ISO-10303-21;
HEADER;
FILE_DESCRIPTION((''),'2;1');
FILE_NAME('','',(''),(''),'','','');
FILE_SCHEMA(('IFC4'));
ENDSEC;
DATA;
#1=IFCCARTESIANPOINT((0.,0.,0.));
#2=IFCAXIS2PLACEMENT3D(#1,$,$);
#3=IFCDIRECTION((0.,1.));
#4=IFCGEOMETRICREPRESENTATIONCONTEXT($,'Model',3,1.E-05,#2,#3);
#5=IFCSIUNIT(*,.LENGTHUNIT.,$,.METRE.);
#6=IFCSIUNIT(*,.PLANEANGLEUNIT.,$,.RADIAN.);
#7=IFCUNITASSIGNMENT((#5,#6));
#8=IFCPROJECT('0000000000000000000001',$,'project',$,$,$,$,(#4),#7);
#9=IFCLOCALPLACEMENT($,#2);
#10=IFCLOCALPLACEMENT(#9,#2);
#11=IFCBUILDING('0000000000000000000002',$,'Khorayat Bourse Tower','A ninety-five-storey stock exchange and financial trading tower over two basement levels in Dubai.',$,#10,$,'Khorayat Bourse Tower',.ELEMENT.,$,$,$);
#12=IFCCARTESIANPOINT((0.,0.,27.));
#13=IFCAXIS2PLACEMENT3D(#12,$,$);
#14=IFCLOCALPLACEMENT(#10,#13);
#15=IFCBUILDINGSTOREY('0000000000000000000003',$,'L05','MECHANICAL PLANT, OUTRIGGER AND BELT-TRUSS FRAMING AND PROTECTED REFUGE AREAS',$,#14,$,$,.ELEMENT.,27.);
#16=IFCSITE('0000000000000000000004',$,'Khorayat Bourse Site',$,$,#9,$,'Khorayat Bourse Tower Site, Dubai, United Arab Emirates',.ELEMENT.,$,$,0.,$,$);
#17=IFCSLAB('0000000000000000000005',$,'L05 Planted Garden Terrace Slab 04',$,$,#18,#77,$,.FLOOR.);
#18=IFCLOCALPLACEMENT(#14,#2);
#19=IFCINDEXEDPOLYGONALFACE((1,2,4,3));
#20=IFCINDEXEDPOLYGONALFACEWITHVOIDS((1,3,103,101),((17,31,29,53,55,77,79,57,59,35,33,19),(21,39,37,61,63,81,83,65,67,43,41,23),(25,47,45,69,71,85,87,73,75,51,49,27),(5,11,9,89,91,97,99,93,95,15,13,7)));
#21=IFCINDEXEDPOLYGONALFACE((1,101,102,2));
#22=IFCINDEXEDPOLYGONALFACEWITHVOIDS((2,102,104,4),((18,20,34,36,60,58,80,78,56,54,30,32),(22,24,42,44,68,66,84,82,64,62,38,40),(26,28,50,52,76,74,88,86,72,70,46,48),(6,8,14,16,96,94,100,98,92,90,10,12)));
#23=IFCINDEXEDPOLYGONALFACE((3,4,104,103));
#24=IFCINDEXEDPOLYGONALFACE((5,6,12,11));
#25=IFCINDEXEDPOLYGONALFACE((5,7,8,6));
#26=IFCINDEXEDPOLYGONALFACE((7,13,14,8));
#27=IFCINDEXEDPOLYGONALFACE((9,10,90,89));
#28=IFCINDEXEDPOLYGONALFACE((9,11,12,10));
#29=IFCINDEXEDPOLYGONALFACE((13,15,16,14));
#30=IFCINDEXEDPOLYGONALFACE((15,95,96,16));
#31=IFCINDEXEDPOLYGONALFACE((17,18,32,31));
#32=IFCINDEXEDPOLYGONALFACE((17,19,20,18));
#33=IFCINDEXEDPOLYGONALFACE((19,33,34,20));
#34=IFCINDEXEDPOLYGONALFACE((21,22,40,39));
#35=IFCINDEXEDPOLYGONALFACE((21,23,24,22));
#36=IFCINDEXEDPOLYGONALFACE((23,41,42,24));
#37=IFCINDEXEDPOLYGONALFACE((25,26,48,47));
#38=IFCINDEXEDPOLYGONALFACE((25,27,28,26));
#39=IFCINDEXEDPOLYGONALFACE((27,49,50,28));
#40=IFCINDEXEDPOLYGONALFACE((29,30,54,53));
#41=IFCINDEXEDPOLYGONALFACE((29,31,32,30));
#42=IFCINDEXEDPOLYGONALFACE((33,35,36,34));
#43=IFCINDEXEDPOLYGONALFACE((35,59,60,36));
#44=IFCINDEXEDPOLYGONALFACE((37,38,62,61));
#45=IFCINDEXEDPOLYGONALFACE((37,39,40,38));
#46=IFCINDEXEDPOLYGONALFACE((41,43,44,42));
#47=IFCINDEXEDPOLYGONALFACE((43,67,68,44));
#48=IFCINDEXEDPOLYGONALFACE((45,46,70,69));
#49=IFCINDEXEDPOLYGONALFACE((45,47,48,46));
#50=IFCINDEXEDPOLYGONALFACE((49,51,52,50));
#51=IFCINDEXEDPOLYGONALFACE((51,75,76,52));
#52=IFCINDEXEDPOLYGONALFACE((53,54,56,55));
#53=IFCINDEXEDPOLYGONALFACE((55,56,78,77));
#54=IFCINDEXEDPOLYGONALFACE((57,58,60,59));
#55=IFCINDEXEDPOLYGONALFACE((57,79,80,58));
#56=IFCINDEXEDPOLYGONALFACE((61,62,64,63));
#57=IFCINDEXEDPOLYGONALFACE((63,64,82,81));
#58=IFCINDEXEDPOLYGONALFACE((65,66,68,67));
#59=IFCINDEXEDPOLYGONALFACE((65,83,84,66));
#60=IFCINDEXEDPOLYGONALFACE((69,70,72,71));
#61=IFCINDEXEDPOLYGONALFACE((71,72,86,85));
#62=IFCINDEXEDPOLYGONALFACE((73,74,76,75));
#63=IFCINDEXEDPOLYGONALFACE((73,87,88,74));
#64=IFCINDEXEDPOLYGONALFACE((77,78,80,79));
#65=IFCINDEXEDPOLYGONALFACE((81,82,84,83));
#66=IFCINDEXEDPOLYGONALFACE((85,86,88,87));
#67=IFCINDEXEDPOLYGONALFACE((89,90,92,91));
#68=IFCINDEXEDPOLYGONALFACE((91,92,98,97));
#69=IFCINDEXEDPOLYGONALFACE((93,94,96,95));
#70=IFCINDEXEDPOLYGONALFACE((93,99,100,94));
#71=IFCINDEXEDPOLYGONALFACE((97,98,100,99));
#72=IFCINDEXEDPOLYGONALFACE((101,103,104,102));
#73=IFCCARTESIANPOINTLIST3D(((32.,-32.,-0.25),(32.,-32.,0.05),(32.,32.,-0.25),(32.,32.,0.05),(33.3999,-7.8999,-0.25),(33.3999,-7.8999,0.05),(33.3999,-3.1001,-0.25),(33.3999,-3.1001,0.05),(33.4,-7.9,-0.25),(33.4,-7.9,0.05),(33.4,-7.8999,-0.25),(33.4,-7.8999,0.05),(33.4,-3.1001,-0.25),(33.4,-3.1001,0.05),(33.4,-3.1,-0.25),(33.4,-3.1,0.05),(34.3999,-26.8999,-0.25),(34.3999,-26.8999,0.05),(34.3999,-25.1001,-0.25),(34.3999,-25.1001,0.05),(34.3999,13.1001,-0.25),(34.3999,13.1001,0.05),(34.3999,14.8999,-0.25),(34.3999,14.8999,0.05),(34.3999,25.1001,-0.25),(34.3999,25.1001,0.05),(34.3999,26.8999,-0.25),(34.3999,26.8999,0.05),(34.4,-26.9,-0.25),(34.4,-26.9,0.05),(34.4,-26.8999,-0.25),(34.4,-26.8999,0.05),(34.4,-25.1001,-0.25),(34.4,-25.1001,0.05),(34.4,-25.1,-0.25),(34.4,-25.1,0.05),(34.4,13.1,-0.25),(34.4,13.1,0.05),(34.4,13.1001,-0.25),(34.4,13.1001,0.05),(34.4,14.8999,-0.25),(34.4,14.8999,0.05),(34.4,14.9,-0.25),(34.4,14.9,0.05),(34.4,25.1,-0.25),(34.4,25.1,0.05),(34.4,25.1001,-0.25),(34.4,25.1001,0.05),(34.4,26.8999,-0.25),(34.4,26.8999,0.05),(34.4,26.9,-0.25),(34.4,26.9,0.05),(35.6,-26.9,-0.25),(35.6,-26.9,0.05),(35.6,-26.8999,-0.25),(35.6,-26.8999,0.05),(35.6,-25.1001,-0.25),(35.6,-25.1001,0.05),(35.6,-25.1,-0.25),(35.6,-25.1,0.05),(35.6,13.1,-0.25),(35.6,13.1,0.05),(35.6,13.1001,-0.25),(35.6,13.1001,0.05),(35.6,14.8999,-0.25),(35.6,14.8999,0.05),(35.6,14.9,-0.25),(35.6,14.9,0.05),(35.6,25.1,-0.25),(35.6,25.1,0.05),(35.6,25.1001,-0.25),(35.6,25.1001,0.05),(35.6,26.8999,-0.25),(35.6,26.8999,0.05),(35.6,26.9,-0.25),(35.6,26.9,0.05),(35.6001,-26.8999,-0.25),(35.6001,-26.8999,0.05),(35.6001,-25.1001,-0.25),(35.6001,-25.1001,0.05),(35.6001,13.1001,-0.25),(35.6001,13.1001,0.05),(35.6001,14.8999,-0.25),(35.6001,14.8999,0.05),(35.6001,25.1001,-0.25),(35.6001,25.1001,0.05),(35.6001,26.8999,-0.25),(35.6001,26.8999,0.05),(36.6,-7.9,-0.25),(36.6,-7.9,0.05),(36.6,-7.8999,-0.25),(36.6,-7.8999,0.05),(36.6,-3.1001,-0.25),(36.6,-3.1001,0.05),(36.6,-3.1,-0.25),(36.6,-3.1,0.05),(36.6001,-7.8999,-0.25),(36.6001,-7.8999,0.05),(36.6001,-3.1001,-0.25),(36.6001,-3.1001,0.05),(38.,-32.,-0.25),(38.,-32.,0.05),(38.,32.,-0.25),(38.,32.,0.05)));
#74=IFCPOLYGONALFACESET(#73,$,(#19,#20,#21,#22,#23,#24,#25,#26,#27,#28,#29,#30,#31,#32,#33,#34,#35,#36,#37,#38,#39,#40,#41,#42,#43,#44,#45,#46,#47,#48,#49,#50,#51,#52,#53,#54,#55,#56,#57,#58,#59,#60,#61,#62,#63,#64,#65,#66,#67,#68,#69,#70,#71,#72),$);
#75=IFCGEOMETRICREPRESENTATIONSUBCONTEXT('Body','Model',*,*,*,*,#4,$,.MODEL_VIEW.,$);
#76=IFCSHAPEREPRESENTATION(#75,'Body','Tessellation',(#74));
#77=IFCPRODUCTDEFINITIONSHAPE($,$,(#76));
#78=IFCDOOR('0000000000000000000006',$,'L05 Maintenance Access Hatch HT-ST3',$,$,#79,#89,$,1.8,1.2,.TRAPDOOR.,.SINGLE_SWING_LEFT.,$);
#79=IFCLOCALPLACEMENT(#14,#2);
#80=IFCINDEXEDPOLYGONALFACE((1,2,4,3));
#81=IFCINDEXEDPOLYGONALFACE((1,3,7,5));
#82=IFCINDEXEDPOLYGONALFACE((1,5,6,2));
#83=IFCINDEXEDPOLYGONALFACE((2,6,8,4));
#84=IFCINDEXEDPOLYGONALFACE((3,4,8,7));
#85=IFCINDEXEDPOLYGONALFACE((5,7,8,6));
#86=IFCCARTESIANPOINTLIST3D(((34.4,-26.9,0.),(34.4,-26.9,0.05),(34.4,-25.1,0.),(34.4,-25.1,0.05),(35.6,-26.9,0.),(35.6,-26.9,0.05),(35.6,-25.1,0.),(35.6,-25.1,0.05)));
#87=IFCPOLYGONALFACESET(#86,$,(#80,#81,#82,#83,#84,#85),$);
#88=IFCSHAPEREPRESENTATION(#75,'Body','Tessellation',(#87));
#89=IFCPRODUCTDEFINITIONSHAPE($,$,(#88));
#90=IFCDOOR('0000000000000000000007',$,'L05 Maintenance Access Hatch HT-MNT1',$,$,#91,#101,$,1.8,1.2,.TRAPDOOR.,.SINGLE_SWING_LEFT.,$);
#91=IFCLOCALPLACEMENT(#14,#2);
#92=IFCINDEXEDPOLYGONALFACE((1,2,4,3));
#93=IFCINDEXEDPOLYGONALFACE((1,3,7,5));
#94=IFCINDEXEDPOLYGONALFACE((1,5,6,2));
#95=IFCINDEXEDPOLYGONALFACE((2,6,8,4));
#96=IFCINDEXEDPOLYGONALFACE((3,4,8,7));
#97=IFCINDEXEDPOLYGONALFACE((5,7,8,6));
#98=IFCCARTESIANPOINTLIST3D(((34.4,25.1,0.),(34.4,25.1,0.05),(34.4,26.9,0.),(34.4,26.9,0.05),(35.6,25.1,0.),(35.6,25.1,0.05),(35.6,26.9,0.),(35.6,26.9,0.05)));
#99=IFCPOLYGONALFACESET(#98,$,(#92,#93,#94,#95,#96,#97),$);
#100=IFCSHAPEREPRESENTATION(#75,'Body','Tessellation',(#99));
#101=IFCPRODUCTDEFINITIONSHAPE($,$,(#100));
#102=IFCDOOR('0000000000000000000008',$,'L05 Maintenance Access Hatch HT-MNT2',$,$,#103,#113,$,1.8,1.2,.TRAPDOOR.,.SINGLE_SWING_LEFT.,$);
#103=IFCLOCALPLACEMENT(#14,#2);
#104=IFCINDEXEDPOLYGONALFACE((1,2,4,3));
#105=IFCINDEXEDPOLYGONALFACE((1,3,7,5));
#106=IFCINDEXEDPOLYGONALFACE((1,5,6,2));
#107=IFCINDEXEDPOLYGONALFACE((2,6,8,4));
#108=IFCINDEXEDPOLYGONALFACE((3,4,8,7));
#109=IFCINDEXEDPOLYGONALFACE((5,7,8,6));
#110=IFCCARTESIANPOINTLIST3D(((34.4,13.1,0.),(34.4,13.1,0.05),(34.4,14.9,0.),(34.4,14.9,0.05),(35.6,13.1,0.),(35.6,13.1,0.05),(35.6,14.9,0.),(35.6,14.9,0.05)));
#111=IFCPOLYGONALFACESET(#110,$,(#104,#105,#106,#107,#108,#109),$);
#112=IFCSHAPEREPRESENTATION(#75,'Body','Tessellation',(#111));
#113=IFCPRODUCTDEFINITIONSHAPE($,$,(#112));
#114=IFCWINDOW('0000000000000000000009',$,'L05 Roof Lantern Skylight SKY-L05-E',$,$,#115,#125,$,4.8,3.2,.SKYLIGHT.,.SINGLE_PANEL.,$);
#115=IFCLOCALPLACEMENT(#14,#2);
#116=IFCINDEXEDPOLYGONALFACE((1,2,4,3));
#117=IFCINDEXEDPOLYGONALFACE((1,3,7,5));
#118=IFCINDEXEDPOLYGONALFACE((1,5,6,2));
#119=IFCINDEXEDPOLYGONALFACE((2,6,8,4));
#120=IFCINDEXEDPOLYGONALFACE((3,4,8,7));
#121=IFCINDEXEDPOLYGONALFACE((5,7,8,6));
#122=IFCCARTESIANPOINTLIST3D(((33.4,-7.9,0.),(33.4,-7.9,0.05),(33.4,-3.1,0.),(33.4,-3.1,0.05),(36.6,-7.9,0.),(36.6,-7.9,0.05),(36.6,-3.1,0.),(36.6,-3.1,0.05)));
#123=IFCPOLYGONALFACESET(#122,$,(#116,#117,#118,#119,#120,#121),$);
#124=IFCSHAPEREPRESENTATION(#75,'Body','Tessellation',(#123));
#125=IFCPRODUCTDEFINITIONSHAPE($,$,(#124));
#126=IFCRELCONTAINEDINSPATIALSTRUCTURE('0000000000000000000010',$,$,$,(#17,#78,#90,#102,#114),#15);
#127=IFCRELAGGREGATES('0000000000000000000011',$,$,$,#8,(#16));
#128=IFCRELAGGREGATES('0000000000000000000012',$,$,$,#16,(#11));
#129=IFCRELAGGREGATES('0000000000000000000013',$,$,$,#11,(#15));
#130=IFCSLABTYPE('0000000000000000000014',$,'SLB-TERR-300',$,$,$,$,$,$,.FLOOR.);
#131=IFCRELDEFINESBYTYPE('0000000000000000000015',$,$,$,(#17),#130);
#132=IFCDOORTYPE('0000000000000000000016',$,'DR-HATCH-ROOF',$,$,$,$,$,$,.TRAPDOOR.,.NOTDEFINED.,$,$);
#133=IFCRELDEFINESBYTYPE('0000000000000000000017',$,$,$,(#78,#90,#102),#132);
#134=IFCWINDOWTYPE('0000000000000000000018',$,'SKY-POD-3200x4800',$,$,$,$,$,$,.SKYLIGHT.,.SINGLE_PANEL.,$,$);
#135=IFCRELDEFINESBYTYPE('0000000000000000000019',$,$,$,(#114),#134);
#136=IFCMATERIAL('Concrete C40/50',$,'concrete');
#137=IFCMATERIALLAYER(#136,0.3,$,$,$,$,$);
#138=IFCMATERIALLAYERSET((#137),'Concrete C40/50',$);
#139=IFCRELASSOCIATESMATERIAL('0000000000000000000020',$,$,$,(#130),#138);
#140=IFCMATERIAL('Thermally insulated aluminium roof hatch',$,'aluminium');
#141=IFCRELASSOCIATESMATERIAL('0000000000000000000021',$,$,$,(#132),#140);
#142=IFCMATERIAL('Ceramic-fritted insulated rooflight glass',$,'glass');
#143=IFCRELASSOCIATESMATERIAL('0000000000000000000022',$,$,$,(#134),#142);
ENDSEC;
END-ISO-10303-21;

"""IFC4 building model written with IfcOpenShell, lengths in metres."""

from ifc_helpers import new_model, si_unit, direction, frame, origin, origin_2d, place, context, subcontext, project, spatial, polyline, rectangle, outline, extrude, material, layer, layer_set, type_object, element, fill, save


model = new_model("IFC4")

# Units and contexts
model_context = context("Model", 3, precision=1e-05, world=origin(), true_north=direction((0.0, 1.0)))
body_context = subcontext(model_context, "Body", "Model", "MODEL_VIEW")
ifc_project = project(units=[si_unit("LENGTHUNIT", "METRE"), si_unit("PLANEANGLEUNIT", "RADIAN")], contexts=[model_context])

# Site, building, storey
site_placement = place(None, origin())
site = spatial("IfcSite", under=ifc_project, at=site_placement, Name="Khorayat Bourse Site", LongName="Khorayat Bourse Tower Site, Dubai, United Arab Emirates", CompositionType="ELEMENT", RefElevation=0.0)
building_placement = place(site_placement, origin())
building = spatial("IfcBuilding", under=site, at=building_placement, Name="Khorayat Bourse Tower", Description="A ninety-five-storey stock exchange and financial trading tower over two basement levels in Dubai.", LongName="Khorayat Bourse Tower", CompositionType="ELEMENT")
storey_placement = place(building_placement, frame((0.0, 0.0, 27.0)))
storey = spatial("IfcBuildingStorey", under=building, at=storey_placement, Name="L05", Description="MECHANICAL PLANT, OUTRIGGER AND BELT-TRUSS FRAMING AND PROTECTED REFUGE AREAS", CompositionType="ELEMENT", Elevation=27.0)

# Shared definitions
ifc_material_1 = material(Name="Concrete C40/50", Category="concrete")

# Shared definitions
ifc_layer_1 = layer(ifc_material_1, 0.3)
ifc_layer_set_1 = layer_set([ifc_layer_1], Name="Concrete C40/50")
slab_type_1 = type_object("IfcSlabType", Name="SLB-TERR-300", PredefinedType="FLOOR", material=ifc_layer_set_1)

# Shared definitions
ifc_material_2 = material(Name="Thermally insulated aluminium roof hatch", Category="aluminium")
door_type = type_object("IfcDoorType", Name="DR-HATCH-ROOF", OperationType="NOTDEFINED", PredefinedType="TRAPDOOR", material=ifc_material_2)
ifc_material_3 = material(Name="Ceramic-fritted insulated rooflight glass", Category="glass")
window_type = type_object("IfcWindowType", Name="SKY-POD-3200x4800", PartitioningType="SINGLE_PANEL", PredefinedType="SKYLIGHT", material=ifc_material_3)

# Slab, openings, doors, window
slab_1_placement = place(storey_placement, frame((0.0, 0.0, -0.25)))
slab_1 = element("IfcSlab", 1, at=slab_1_placement, inside=storey, type_object=slab_type_1, Name="L05 Planted Garden Terrace Slab 04", PredefinedType="FLOOR", context=body_context, shape_type="SweptSolid", body=[
    extrude(outline(polyline([(32.0, -32.0), (38.0, -32.0), (38.0, 32.0), (32.0, 32.0), (32.0, -32.0)]), holes=[polyline([(33.3999, -7.8999), (36.6001, -7.8999), (36.6001, -3.1001), (33.3999, -3.1001), (33.3999, -7.8999)]), polyline([(34.3999, -26.8999), (35.6001, -26.8999), (35.6001, -25.1001), (34.3999, -25.1001), (34.3999, -26.8999)]), polyline([(34.3999, 25.1001), (35.6001, 25.1001), (35.6001, 26.8999), (34.3999, 26.8999), (34.3999, 25.1001)]), polyline([(34.3999, 13.1001), (35.6001, 13.1001), (35.6001, 14.8999), (34.3999, 14.8999), (34.3999, 13.1001)])]), origin(), (0.0, 0.0, 1.0), 0.3),
])
opening_1_placement = place(slab_1_placement, frame((35.0, -26.0, 0.0)))
opening_1 = element("IfcOpeningElement", 2, at=opening_1_placement, cuts=slab_1, PredefinedType="OPENING", context=body_context, shape_type="SweptSolid", body=[
    extrude(rectangle(XDim=1.2, YDim=1.8, at=origin_2d()), origin(), (0.0, 0.0, 1.0), 0.3),
])
opening_2_placement = place(slab_1_placement, frame((35.0, 26.0, 0.0)))
opening_2 = element("IfcOpeningElement", 3, at=opening_2_placement, cuts=slab_1, PredefinedType="OPENING", context=body_context, shape_type="SweptSolid", body=[
    extrude(rectangle(XDim=1.2, YDim=1.8, at=origin_2d()), origin(), (0.0, 0.0, 1.0), 0.3),
])
opening_3_placement = place(slab_1_placement, frame((35.0, 14.0, 0.0)))
opening_3 = element("IfcOpeningElement", 4, at=opening_3_placement, cuts=slab_1, PredefinedType="OPENING", context=body_context, shape_type="SweptSolid", body=[
    extrude(rectangle(XDim=1.2, YDim=1.8, at=origin_2d()), origin(), (0.0, 0.0, 1.0), 0.3),
])
opening_4_placement = place(slab_1_placement, frame((35.0, -5.5, 0.0)))
opening_4 = element("IfcOpeningElement", 5, at=opening_4_placement, cuts=slab_1, PredefinedType="OPENING", context=body_context, shape_type="SweptSolid", body=[
    extrude(rectangle(XDim=3.2, YDim=4.8, at=origin_2d()), origin(), (0.0, 0.0, 1.0), 0.3),
])
door_1_placement = place(opening_1_placement, frame((0.0, 0.0, 0.25)))
door_1 = element("IfcDoor", 6, at=door_1_placement, inside=storey, type_object=door_type, Name="L05 Maintenance Access Hatch HT-ST3", OperationType="SINGLE_SWING_LEFT", OverallHeight=1.8, OverallWidth=1.2, PredefinedType="TRAPDOOR", context=body_context, shape_type="SweptSolid", body=[
    extrude(rectangle(XDim=1.2, YDim=1.8, at=origin_2d()), origin(), (0.0, 0.0, 1.0), 0.05),
])
fill(opening_1, door_1)
door_2_placement = place(opening_2_placement, frame((0.0, 0.0, 0.25)))
door_2 = element("IfcDoor", 7, at=door_2_placement, inside=storey, type_object=door_type, Name="L05 Maintenance Access Hatch HT-MNT1", OperationType="SINGLE_SWING_LEFT", OverallHeight=1.8, OverallWidth=1.2, PredefinedType="TRAPDOOR", context=body_context, shape_type="SweptSolid", body=[
    extrude(rectangle(XDim=1.2, YDim=1.8, at=origin_2d()), origin(), (0.0, 0.0, 1.0), 0.05),
])
fill(opening_2, door_2)
door_3_placement = place(opening_3_placement, frame((0.0, 0.0, 0.25)))
door_3 = element("IfcDoor", 8, at=door_3_placement, inside=storey, type_object=door_type, Name="L05 Maintenance Access Hatch HT-MNT2", OperationType="SINGLE_SWING_LEFT", OverallHeight=1.8, OverallWidth=1.2, PredefinedType="TRAPDOOR", context=body_context, shape_type="SweptSolid", body=[
    extrude(rectangle(XDim=1.2, YDim=1.8, at=origin_2d()), origin(), (0.0, 0.0, 1.0), 0.05),
])
fill(opening_3, door_3)
window_1_placement = place(opening_4_placement, frame((0.0, 0.0, 0.25)))
window_1 = element("IfcWindow", 9, at=window_1_placement, inside=storey, type_object=window_type, Name="L05 Roof Lantern Skylight SKY-L05-E", OverallHeight=4.8, OverallWidth=3.2, PartitioningType="SINGLE_PANEL", PredefinedType="SKYLIGHT", context=body_context, shape_type="SweptSolid", body=[
    extrude(rectangle(XDim=3.2, YDim=4.8, at=origin_2d()), origin(), (0.0, 0.0, 1.0), 0.05),
])
fill(opening_4, window_1)

save(model, "model.ifc")
